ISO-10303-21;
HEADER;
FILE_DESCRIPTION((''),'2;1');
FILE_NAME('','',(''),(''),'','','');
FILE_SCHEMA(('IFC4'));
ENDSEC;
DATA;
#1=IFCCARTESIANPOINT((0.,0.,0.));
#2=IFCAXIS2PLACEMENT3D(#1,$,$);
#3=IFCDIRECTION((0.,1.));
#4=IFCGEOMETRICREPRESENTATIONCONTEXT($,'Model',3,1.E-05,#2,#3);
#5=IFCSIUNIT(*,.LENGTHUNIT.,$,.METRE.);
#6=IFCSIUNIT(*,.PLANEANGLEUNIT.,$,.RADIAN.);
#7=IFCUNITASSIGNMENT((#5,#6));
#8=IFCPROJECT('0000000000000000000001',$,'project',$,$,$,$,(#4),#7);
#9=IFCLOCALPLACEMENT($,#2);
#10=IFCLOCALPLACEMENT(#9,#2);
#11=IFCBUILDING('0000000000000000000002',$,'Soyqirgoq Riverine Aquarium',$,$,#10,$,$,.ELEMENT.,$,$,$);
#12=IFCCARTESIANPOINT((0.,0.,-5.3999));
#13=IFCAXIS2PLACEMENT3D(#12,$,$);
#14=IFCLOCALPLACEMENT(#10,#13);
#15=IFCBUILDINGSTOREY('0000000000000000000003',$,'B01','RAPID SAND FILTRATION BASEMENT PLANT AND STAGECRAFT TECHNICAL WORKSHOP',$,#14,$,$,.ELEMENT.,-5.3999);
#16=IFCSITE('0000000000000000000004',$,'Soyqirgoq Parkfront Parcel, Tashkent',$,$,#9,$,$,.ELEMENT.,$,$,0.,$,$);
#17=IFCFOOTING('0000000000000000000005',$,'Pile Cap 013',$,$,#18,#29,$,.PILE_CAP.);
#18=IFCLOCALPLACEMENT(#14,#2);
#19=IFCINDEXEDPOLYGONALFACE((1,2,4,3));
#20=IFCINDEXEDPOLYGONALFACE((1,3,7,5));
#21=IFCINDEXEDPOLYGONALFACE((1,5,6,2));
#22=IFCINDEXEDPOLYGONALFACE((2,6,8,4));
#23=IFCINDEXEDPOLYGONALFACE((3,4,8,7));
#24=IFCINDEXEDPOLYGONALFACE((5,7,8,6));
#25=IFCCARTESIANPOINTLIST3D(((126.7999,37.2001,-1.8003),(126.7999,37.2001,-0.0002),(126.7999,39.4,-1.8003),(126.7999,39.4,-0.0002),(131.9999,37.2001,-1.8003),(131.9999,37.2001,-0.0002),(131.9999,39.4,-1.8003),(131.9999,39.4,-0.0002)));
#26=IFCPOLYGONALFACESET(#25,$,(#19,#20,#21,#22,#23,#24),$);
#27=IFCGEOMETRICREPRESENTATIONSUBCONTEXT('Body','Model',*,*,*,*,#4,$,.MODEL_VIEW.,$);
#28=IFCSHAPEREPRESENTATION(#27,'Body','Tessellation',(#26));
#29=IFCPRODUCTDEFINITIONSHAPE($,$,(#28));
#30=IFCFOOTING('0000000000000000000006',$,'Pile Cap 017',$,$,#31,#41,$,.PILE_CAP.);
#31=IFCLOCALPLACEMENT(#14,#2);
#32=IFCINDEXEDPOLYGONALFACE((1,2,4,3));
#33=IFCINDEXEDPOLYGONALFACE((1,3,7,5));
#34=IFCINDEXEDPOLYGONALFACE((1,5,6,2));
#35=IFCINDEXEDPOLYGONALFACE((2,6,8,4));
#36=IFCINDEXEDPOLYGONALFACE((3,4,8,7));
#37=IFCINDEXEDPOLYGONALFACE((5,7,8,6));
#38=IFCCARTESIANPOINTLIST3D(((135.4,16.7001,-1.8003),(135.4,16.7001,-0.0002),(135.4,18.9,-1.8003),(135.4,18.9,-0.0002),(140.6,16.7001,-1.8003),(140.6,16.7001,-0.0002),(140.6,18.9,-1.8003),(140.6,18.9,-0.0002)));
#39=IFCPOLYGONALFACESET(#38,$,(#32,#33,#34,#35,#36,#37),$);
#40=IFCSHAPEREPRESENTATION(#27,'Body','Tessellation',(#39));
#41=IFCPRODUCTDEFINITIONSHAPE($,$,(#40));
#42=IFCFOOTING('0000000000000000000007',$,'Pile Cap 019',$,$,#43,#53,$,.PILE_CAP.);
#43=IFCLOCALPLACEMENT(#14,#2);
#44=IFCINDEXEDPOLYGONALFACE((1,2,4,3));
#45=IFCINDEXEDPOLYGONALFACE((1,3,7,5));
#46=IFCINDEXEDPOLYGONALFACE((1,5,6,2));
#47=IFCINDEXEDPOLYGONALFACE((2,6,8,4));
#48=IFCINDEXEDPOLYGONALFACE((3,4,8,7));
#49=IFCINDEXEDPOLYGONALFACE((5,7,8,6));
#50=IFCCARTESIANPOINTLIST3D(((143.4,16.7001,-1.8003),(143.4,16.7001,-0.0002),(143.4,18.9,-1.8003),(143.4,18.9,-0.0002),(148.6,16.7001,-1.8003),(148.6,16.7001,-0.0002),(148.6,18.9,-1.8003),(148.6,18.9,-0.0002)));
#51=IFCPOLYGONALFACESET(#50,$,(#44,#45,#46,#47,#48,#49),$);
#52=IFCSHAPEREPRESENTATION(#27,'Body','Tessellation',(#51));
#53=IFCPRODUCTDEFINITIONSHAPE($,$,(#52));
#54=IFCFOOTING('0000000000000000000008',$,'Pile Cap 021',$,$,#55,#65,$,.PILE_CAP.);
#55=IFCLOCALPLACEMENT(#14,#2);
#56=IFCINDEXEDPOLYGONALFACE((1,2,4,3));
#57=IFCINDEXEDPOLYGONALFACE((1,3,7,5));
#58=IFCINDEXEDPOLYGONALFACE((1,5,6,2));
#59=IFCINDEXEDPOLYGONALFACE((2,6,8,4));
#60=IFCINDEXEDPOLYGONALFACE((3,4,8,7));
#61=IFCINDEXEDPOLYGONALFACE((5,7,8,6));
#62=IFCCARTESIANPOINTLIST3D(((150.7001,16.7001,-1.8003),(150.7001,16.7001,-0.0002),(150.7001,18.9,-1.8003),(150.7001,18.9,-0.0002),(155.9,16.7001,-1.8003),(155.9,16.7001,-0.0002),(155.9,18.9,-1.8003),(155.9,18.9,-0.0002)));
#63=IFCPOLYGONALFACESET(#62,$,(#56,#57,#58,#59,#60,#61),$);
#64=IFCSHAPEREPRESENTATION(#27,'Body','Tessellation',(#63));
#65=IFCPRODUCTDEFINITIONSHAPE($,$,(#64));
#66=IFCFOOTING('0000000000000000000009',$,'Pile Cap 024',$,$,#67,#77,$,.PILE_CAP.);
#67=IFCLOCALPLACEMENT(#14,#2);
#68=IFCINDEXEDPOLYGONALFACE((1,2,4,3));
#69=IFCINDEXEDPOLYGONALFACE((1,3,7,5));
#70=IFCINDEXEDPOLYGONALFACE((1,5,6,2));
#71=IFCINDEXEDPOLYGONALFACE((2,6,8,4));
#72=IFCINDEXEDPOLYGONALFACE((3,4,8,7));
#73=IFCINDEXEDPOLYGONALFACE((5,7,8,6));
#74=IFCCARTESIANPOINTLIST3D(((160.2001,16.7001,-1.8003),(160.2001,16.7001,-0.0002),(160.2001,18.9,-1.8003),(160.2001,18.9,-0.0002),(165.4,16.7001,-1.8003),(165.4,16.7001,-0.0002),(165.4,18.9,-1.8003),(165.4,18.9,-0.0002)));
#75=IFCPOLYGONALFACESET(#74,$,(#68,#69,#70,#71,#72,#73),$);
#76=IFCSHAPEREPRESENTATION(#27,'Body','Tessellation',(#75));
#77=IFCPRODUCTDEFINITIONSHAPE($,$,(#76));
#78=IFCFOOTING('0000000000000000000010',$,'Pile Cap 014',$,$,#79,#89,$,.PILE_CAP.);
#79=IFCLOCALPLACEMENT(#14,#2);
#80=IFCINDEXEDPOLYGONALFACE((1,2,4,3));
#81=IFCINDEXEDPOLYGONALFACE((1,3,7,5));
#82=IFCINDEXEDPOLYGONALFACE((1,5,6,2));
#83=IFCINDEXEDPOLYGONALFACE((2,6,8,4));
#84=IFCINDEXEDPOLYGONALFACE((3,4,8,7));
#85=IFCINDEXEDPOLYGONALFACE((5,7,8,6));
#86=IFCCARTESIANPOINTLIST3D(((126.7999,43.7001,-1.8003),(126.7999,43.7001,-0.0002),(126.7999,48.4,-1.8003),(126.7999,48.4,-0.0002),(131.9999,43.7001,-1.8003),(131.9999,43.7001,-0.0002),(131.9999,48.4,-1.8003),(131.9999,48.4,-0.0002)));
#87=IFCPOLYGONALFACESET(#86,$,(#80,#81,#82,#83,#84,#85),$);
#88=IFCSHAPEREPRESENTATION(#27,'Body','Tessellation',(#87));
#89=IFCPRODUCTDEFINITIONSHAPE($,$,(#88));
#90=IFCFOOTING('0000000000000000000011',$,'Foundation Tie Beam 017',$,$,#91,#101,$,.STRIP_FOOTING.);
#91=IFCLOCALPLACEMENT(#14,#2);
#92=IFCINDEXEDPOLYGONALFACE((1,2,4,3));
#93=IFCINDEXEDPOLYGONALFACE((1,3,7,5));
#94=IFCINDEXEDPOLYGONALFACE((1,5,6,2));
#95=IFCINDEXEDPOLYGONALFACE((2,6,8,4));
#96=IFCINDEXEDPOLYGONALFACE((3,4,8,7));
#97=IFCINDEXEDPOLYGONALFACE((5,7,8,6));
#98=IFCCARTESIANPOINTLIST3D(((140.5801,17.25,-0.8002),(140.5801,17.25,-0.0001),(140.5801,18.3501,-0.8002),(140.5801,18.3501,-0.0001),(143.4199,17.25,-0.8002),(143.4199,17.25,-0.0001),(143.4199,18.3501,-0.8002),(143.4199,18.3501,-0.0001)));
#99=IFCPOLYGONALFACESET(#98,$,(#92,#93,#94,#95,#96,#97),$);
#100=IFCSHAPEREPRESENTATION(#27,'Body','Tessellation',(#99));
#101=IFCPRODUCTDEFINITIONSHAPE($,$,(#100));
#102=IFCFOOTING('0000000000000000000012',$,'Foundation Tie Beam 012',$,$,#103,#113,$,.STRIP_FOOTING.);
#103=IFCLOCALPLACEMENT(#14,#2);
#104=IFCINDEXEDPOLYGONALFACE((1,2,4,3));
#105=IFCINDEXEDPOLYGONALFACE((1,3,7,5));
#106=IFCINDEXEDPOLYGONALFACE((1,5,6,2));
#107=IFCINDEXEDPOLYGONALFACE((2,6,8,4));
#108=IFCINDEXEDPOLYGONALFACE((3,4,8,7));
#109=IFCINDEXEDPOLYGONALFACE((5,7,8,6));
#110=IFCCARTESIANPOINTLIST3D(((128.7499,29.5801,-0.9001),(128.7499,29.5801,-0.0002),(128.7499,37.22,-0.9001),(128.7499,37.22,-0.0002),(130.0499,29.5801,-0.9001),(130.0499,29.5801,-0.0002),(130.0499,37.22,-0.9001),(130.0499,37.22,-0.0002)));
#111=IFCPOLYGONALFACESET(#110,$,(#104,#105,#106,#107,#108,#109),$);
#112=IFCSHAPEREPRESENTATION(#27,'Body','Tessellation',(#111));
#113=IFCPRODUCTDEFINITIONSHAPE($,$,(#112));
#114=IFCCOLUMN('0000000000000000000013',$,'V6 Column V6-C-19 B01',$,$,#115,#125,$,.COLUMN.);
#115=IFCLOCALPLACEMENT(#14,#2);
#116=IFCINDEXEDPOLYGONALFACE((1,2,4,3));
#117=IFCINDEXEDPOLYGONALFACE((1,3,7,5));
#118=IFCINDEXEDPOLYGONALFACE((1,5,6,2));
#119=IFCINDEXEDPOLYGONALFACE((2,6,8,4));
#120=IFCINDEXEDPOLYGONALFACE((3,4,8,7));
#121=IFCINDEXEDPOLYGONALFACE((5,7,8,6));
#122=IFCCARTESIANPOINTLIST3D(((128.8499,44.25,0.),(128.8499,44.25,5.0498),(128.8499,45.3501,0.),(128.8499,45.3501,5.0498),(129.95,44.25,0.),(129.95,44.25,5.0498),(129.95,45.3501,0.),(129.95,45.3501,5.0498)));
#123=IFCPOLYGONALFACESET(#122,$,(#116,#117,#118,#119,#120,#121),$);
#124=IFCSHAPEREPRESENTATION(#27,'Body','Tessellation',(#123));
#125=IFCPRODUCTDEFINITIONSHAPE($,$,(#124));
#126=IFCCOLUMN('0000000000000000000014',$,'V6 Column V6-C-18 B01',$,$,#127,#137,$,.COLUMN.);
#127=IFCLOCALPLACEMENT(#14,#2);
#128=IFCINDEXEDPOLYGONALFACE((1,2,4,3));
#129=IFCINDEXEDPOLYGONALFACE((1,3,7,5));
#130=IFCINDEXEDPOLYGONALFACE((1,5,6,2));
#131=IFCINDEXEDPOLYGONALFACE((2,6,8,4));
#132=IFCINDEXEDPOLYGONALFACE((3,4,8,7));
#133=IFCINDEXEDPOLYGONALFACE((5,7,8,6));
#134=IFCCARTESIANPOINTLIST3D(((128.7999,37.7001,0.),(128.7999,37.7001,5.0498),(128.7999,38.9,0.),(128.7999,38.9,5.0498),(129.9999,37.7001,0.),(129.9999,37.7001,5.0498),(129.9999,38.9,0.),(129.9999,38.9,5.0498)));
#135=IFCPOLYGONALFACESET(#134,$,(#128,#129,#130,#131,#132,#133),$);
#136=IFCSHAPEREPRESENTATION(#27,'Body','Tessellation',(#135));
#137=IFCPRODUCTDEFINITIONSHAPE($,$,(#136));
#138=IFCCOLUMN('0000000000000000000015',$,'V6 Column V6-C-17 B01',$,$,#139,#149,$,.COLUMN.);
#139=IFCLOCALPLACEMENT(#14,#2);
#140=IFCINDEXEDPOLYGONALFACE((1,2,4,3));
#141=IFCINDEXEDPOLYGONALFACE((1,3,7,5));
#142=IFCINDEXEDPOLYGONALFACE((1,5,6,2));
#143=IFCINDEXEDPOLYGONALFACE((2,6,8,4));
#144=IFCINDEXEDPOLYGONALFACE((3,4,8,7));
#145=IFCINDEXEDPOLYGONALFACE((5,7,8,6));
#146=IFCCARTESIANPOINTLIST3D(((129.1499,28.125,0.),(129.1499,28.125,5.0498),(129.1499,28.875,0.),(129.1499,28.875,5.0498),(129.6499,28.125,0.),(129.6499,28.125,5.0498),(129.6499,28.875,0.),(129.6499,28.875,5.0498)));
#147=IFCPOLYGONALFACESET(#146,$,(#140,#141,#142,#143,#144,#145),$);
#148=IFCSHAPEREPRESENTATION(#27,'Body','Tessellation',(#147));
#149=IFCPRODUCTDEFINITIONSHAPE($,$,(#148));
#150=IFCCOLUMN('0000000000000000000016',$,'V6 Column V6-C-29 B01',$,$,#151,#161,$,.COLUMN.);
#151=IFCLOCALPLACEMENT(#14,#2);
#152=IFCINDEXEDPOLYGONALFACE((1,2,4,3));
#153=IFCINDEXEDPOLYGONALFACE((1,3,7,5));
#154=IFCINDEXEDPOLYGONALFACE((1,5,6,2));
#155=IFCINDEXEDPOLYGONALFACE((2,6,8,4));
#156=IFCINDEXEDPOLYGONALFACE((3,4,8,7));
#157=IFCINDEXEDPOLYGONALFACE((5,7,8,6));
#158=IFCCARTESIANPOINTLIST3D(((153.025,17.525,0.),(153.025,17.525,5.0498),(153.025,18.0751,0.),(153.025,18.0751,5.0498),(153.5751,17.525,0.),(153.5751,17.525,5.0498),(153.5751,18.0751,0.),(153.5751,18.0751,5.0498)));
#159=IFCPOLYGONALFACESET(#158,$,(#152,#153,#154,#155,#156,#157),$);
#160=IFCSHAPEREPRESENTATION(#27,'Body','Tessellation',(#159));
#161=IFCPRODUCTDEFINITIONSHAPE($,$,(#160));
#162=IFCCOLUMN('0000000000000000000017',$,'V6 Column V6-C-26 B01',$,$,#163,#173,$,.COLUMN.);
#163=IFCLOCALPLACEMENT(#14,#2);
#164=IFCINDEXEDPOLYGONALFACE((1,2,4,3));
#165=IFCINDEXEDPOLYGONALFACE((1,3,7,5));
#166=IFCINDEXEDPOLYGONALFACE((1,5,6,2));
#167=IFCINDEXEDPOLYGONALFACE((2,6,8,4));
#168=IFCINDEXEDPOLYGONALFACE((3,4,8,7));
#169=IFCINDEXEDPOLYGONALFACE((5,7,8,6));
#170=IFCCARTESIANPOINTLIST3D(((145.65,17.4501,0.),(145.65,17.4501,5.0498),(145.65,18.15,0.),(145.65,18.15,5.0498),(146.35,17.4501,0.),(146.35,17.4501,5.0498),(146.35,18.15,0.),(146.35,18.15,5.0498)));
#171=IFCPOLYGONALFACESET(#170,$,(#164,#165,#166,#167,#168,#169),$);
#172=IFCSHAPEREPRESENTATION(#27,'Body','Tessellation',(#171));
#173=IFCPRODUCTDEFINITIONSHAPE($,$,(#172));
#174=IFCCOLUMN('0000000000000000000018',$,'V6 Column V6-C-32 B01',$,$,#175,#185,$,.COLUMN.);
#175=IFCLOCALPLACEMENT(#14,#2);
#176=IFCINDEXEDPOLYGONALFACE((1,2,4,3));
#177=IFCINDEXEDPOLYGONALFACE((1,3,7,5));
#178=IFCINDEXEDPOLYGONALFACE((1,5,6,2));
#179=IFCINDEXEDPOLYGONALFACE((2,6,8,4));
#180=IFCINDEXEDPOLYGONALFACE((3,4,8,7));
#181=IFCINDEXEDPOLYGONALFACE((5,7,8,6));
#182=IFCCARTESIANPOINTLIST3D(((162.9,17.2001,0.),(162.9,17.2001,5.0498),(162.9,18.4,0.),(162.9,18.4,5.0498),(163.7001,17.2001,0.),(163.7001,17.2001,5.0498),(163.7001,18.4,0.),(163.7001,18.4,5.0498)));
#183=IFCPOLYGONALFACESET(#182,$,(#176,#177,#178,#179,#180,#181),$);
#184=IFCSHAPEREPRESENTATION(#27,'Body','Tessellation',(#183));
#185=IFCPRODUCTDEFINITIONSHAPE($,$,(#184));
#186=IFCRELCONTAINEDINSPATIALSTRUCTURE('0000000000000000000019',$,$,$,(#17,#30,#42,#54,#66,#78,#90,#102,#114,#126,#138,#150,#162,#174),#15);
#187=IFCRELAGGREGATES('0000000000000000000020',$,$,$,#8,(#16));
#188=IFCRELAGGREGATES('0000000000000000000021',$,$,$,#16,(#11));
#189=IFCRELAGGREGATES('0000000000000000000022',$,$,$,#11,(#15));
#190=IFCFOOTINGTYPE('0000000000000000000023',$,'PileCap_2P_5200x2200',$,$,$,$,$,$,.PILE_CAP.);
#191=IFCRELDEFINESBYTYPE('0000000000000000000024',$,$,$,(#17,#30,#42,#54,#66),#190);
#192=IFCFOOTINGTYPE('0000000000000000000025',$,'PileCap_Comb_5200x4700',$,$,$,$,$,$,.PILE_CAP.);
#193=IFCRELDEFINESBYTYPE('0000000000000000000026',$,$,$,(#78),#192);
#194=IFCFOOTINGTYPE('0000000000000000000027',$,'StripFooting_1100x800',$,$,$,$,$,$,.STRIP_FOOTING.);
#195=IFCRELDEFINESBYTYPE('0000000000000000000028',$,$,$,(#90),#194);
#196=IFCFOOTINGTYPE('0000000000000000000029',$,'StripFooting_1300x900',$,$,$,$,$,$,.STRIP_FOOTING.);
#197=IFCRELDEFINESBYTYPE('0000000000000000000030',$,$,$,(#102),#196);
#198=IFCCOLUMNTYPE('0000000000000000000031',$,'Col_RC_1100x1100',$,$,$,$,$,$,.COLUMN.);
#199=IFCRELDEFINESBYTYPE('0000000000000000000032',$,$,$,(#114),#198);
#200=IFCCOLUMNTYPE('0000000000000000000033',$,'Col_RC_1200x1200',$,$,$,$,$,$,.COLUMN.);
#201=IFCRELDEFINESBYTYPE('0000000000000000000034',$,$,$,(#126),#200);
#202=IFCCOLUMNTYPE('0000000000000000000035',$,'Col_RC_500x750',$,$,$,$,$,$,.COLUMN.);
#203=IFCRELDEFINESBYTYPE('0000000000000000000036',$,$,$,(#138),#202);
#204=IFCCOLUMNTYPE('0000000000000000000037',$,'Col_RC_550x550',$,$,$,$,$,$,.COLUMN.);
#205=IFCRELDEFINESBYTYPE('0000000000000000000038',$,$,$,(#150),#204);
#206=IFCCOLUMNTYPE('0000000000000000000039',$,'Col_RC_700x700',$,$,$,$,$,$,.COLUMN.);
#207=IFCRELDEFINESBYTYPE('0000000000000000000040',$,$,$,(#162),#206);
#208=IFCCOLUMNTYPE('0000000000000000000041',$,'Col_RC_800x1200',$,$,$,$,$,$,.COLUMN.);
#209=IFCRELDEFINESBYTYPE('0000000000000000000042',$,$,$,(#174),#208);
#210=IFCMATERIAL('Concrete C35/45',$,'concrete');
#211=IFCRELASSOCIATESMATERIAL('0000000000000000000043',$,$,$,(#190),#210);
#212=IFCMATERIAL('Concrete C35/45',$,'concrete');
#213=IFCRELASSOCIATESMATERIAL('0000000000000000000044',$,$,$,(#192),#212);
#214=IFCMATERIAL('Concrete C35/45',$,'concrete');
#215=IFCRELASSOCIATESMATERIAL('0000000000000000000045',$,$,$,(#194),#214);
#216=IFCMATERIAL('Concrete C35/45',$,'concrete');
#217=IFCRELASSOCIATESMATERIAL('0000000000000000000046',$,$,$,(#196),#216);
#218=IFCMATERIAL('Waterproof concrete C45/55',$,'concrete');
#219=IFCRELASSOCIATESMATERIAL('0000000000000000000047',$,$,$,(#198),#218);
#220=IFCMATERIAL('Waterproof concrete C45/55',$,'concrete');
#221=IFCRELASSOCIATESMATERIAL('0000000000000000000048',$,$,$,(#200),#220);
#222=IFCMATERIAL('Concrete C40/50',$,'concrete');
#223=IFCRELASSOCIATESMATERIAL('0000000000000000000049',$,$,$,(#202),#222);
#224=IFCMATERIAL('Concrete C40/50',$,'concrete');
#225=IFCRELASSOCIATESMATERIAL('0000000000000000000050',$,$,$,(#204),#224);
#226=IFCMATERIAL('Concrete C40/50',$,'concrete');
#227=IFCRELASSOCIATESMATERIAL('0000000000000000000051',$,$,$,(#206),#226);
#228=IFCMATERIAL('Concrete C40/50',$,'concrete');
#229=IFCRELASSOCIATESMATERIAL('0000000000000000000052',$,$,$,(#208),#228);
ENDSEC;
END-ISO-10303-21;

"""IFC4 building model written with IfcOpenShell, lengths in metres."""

from ifc_helpers import new_model, si_unit, direction, frame, origin, origin_2d, place, context, subcontext, project, spatial, rectangle, extrude, material, material_profile, profile_set, type_object, element, save


model = new_model("IFC4")

# Units and contexts
model_context = context("Model", 3, precision=1e-05, world=origin(), true_north=direction((0.0, 1.0)))
body_context = subcontext(model_context, "Body", "Model", "MODEL_VIEW")
ifc_project = project(units=[si_unit("LENGTHUNIT", "METRE"), si_unit("PLANEANGLEUNIT", "RADIAN")], contexts=[model_context])

# Site, building, storey
site_placement = place(None, origin())
site = spatial("IfcSite", under=ifc_project, at=site_placement, Name="Soyqirgoq Parkfront Parcel, Tashkent", CompositionType="ELEMENT", RefElevation=0.0)
building_placement = place(site_placement, origin())
building = spatial("IfcBuilding", under=site, at=building_placement, Name="Soyqirgoq Riverine Aquarium", CompositionType="ELEMENT")
storey_placement = place(building_placement, frame((0.0, 0.0, -5.3999)))
storey = spatial("IfcBuildingStorey", under=building, at=storey_placement, Name="B01", Description="RAPID SAND FILTRATION BASEMENT PLANT AND STAGECRAFT TECHNICAL WORKSHOP", CompositionType="ELEMENT", Elevation=-5.3999)

# Footings
ifc_material_1 = material(Name="Concrete C35/45", Category="concrete")
footing_type_1 = type_object("IfcFootingType", Name="PileCap_2P_5200x2200", PredefinedType="PILE_CAP", material=ifc_material_1)
for number, where, z_axis, x_axis, name in (
    (1, (129.3999, 38.3, -1.8003), (0.0, 0.0, 1.0), (1.0, 0.0, 0.0), "Pile Cap 013"),
    (2, (138.0, 17.8, -1.8003), (0.0, 0.0, 1.0), (1.0, 0.0, 0.0), "Pile Cap 017"),
    (3, (146.0, 17.8, -1.8003), (0.0, 0.0, 1.0), (1.0, 0.0, 0.0), "Pile Cap 019"),
    (4, (153.3, 17.8, -1.8003), (0.0, 0.0, 1.0), (1.0, 0.0, 0.0), "Pile Cap 021"),
    (5, (162.8, 17.8, -1.8003), (0.0, 0.0, 1.0), (1.0, 0.0, 0.0), "Pile Cap 024"),
):
    element("IfcFooting", number, at=place(storey_placement, frame(where, z_axis=z_axis, x_axis=x_axis)), inside=storey, type_object=footing_type_1, Name=name, PredefinedType="PILE_CAP", context=body_context, shape_type="SweptSolid", body=[
        extrude(rectangle(XDim=5.2, YDim=2.2, at=origin_2d()), origin(), (0.0, 0.0, 1.0), 1.8),
    ])
ifc_material_2 = material(Name="Concrete C35/45", Category="concrete")
footing_type_2 = type_object("IfcFootingType", Name="PileCap_Comb_5200x4700", PredefinedType="PILE_CAP", material=ifc_material_2)
footing_1_placement = place(storey_placement, frame((129.3999, 46.05, -1.8003), z_axis=(0.0, 0.0, 1.0), x_axis=(1.0, 0.0, 0.0)))
element("IfcFooting", 6, at=footing_1_placement, inside=storey, type_object=footing_type_2, Name="Pile Cap 014", PredefinedType="PILE_CAP", context=body_context, shape_type="SweptSolid", body=[
    extrude(rectangle(XDim=5.2, YDim=4.7, at=origin_2d()), origin(), (0.0, 0.0, 1.0), 1.8),
])
ifc_material_3 = material(Name="Concrete C35/45", Category="concrete")
ifc_material_profile_1 = material_profile(ifc_material_3, rectangle(XDim=1.1001, YDim=0.8, at=origin_2d()), Name="RC 1100x800")
ifc_profile_set_1 = profile_set([ifc_material_profile_1], Name="Concrete C35/45")
footing_type_3 = type_object("IfcFootingType", Name="StripFooting_1100x800", PredefinedType="STRIP_FOOTING", material=ifc_profile_set_1)
footing_2_placement = place(storey_placement, frame((140.5801, 17.8, -0.4001), z_axis=(1.0, 0.0, 0.0), x_axis=(0.0, 1.0, 0.0)))
element("IfcFooting", 7, at=footing_2_placement, inside=storey, type_object=footing_type_3, Name="Foundation Tie Beam 017", PredefinedType="STRIP_FOOTING", context=body_context, shape_type="SweptSolid", body=[
    extrude(rectangle(XDim=1.1001, YDim=0.8, at=origin_2d()), origin(), (0.0, 0.0, 1.0), 2.8398),
])
ifc_material_4 = material(Name="Concrete C35/45", Category="concrete")
ifc_material_profile_2 = material_profile(ifc_material_4, rectangle(XDim=1.3, YDim=0.8999, at=origin_2d()), Name="RC 1300x900")
ifc_profile_set_2 = profile_set([ifc_material_profile_2], Name="Concrete C35/45")
footing_type_4 = type_object("IfcFootingType", Name="StripFooting_1300x900", PredefinedType="STRIP_FOOTING", material=ifc_profile_set_2)
footing_3_placement = place(storey_placement, frame((129.3999, 29.5801, -0.4502), z_axis=(0.0, 1.0, 0.0), x_axis=(-1.0, 0.0, 0.0)))
element("IfcFooting", 8, at=footing_3_placement, inside=storey, type_object=footing_type_4, Name="Foundation Tie Beam 012", PredefinedType="STRIP_FOOTING", context=body_context, shape_type="SweptSolid", body=[
    extrude(rectangle(XDim=1.3, YDim=0.8999, at=origin_2d()), origin(), (0.0, 0.0, 1.0), 7.6399),
])

# Columns
ifc_material_5 = material(Name="Waterproof concrete C45/55", Category="concrete")
ifc_material_profile_3 = material_profile(ifc_material_5, rectangle(XDim=1.1001, YDim=1.1001, at=origin_2d()), Name="RC 1100x1100")
ifc_profile_set_3 = profile_set([ifc_material_profile_3], Name="Waterproof concrete C45/55")
column_type_1 = type_object("IfcColumnType", Name="Col_RC_1100x1100", PredefinedType="COLUMN", material=ifc_profile_set_3)
column_1_placement = place(storey_placement, frame((129.3999, 44.8, 0.0), z_axis=(0.0, 0.0, 1.0), x_axis=(1.0, 0.0, 0.0)))
element("IfcColumn", 9, at=column_1_placement, inside=storey, type_object=column_type_1, Name="V6 Column V6-C-19 B01", PredefinedType="COLUMN", context=body_context, shape_type="SweptSolid", body=[
    extrude(rectangle(XDim=1.1001, YDim=1.1001, at=origin_2d()), origin(), (0.0, 0.0, 1.0), 5.0498),
])
ifc_material_6 = material(Name="Waterproof concrete C45/55", Category="concrete")
ifc_material_profile_4 = material_profile(ifc_material_6, rectangle(XDim=1.2, YDim=1.2, at=origin_2d()), Name="RC 1200x1200")
ifc_profile_set_4 = profile_set([ifc_material_profile_4], Name="Waterproof concrete C45/55")
column_type_2 = type_object("IfcColumnType", Name="Col_RC_1200x1200", PredefinedType="COLUMN", material=ifc_profile_set_4)
column_2_placement = place(storey_placement, frame((129.3999, 38.3, 0.0), z_axis=(0.0, 0.0, 1.0), x_axis=(1.0, 0.0, 0.0)))
element("IfcColumn", 10, at=column_2_placement, inside=storey, type_object=column_type_2, Name="V6 Column V6-C-18 B01", PredefinedType="COLUMN", context=body_context, shape_type="SweptSolid", body=[
    extrude(rectangle(XDim=1.2, YDim=1.2, at=origin_2d()), origin(), (0.0, 0.0, 1.0), 5.0498),
])
ifc_material_7 = material(Name="Concrete C40/50", Category="concrete")
ifc_material_profile_5 = material_profile(ifc_material_7, rectangle(XDim=0.5, YDim=0.75, at=origin_2d()), Name="RC-COL 500x750")
ifc_profile_set_5 = profile_set([ifc_material_profile_5], Name="Concrete C40/50")
column_type_3 = type_object("IfcColumnType", Name="Col_RC_500x750", PredefinedType="COLUMN", material=ifc_profile_set_5)
column_3_placement = place(storey_placement, frame((129.3999, 28.5, 0.0), z_axis=(0.0, 0.0, 1.0), x_axis=(1.0, 0.0, 0.0)))
element("IfcColumn", 11, at=column_3_placement, inside=storey, type_object=column_type_3, Name="V6 Column V6-C-17 B01", PredefinedType="COLUMN", context=body_context, shape_type="SweptSolid", body=[
    extrude(rectangle(XDim=0.5, YDim=0.75, at=origin_2d()), origin(), (0.0, 0.0, 1.0), 5.0498),
])
ifc_material_8 = material(Name="Concrete C40/50", Category="concrete")
ifc_material_profile_6 = material_profile(ifc_material_8, rectangle(XDim=0.55, YDim=0.55, at=origin_2d()), Name="RC 550x550")
ifc_profile_set_6 = profile_set([ifc_material_profile_6], Name="Concrete C40/50")
column_type_4 = type_object("IfcColumnType", Name="Col_RC_550x550", PredefinedType="COLUMN", material=ifc_profile_set_6)
column_4_placement = place(storey_placement, frame((153.3, 17.8, 0.0), z_axis=(0.0, 0.0, 1.0), x_axis=(1.0, 0.0, 0.0)))
element("IfcColumn", 12, at=column_4_placement, inside=storey, type_object=column_type_4, Name="V6 Column V6-C-29 B01", PredefinedType="COLUMN", context=body_context, shape_type="SweptSolid", body=[
    extrude(rectangle(XDim=0.55, YDim=0.55, at=origin_2d()), origin(), (0.0, 0.0, 1.0), 5.0498),
])
ifc_material_9 = material(Name="Concrete C40/50", Category="concrete")
ifc_material_profile_7 = material_profile(ifc_material_9, rectangle(XDim=0.7, YDim=0.7, at=origin_2d()), Name="RC 700x700")
ifc_profile_set_7 = profile_set([ifc_material_profile_7], Name="Concrete C40/50")
column_type_5 = type_object("IfcColumnType", Name="Col_RC_700x700", PredefinedType="COLUMN", material=ifc_profile_set_7)
column_5_placement = place(storey_placement, frame((146.0, 17.8, 0.0), z_axis=(0.0, 0.0, 1.0), x_axis=(1.0, 0.0, 0.0)))
element("IfcColumn", 13, at=column_5_placement, inside=storey, type_object=column_type_5, Name="V6 Column V6-C-26 B01", PredefinedType="COLUMN", context=body_context, shape_type="SweptSolid", body=[
    extrude(rectangle(XDim=0.7, YDim=0.7, at=origin_2d()), origin(), (0.0, 0.0, 1.0), 5.0498),
])
ifc_material_10 = material(Name="Concrete C40/50", Category="concrete")
ifc_material_profile_8 = material_profile(ifc_material_10, rectangle(XDim=0.8, YDim=1.2, at=origin_2d()), Name="RC-COL 800x1200")
ifc_profile_set_8 = profile_set([ifc_material_profile_8], Name="Concrete C40/50")
column_type_6 = type_object("IfcColumnType", Name="Col_RC_800x1200", PredefinedType="COLUMN", material=ifc_profile_set_8)
column_6_placement = place(storey_placement, frame((163.3, 17.8, 0.0), z_axis=(0.0, 0.0, 1.0), x_axis=(1.0, 0.0, 0.0)))
element("IfcColumn", 14, at=column_6_placement, inside=storey, type_object=column_type_6, Name="V6 Column V6-C-32 B01", PredefinedType="COLUMN", context=body_context, shape_type="SweptSolid", body=[
    extrude(rectangle(XDim=0.8, YDim=1.2, at=origin_2d()), origin(), (0.0, 0.0, 1.0), 5.0498),
])

save(model, "model.ifc")
